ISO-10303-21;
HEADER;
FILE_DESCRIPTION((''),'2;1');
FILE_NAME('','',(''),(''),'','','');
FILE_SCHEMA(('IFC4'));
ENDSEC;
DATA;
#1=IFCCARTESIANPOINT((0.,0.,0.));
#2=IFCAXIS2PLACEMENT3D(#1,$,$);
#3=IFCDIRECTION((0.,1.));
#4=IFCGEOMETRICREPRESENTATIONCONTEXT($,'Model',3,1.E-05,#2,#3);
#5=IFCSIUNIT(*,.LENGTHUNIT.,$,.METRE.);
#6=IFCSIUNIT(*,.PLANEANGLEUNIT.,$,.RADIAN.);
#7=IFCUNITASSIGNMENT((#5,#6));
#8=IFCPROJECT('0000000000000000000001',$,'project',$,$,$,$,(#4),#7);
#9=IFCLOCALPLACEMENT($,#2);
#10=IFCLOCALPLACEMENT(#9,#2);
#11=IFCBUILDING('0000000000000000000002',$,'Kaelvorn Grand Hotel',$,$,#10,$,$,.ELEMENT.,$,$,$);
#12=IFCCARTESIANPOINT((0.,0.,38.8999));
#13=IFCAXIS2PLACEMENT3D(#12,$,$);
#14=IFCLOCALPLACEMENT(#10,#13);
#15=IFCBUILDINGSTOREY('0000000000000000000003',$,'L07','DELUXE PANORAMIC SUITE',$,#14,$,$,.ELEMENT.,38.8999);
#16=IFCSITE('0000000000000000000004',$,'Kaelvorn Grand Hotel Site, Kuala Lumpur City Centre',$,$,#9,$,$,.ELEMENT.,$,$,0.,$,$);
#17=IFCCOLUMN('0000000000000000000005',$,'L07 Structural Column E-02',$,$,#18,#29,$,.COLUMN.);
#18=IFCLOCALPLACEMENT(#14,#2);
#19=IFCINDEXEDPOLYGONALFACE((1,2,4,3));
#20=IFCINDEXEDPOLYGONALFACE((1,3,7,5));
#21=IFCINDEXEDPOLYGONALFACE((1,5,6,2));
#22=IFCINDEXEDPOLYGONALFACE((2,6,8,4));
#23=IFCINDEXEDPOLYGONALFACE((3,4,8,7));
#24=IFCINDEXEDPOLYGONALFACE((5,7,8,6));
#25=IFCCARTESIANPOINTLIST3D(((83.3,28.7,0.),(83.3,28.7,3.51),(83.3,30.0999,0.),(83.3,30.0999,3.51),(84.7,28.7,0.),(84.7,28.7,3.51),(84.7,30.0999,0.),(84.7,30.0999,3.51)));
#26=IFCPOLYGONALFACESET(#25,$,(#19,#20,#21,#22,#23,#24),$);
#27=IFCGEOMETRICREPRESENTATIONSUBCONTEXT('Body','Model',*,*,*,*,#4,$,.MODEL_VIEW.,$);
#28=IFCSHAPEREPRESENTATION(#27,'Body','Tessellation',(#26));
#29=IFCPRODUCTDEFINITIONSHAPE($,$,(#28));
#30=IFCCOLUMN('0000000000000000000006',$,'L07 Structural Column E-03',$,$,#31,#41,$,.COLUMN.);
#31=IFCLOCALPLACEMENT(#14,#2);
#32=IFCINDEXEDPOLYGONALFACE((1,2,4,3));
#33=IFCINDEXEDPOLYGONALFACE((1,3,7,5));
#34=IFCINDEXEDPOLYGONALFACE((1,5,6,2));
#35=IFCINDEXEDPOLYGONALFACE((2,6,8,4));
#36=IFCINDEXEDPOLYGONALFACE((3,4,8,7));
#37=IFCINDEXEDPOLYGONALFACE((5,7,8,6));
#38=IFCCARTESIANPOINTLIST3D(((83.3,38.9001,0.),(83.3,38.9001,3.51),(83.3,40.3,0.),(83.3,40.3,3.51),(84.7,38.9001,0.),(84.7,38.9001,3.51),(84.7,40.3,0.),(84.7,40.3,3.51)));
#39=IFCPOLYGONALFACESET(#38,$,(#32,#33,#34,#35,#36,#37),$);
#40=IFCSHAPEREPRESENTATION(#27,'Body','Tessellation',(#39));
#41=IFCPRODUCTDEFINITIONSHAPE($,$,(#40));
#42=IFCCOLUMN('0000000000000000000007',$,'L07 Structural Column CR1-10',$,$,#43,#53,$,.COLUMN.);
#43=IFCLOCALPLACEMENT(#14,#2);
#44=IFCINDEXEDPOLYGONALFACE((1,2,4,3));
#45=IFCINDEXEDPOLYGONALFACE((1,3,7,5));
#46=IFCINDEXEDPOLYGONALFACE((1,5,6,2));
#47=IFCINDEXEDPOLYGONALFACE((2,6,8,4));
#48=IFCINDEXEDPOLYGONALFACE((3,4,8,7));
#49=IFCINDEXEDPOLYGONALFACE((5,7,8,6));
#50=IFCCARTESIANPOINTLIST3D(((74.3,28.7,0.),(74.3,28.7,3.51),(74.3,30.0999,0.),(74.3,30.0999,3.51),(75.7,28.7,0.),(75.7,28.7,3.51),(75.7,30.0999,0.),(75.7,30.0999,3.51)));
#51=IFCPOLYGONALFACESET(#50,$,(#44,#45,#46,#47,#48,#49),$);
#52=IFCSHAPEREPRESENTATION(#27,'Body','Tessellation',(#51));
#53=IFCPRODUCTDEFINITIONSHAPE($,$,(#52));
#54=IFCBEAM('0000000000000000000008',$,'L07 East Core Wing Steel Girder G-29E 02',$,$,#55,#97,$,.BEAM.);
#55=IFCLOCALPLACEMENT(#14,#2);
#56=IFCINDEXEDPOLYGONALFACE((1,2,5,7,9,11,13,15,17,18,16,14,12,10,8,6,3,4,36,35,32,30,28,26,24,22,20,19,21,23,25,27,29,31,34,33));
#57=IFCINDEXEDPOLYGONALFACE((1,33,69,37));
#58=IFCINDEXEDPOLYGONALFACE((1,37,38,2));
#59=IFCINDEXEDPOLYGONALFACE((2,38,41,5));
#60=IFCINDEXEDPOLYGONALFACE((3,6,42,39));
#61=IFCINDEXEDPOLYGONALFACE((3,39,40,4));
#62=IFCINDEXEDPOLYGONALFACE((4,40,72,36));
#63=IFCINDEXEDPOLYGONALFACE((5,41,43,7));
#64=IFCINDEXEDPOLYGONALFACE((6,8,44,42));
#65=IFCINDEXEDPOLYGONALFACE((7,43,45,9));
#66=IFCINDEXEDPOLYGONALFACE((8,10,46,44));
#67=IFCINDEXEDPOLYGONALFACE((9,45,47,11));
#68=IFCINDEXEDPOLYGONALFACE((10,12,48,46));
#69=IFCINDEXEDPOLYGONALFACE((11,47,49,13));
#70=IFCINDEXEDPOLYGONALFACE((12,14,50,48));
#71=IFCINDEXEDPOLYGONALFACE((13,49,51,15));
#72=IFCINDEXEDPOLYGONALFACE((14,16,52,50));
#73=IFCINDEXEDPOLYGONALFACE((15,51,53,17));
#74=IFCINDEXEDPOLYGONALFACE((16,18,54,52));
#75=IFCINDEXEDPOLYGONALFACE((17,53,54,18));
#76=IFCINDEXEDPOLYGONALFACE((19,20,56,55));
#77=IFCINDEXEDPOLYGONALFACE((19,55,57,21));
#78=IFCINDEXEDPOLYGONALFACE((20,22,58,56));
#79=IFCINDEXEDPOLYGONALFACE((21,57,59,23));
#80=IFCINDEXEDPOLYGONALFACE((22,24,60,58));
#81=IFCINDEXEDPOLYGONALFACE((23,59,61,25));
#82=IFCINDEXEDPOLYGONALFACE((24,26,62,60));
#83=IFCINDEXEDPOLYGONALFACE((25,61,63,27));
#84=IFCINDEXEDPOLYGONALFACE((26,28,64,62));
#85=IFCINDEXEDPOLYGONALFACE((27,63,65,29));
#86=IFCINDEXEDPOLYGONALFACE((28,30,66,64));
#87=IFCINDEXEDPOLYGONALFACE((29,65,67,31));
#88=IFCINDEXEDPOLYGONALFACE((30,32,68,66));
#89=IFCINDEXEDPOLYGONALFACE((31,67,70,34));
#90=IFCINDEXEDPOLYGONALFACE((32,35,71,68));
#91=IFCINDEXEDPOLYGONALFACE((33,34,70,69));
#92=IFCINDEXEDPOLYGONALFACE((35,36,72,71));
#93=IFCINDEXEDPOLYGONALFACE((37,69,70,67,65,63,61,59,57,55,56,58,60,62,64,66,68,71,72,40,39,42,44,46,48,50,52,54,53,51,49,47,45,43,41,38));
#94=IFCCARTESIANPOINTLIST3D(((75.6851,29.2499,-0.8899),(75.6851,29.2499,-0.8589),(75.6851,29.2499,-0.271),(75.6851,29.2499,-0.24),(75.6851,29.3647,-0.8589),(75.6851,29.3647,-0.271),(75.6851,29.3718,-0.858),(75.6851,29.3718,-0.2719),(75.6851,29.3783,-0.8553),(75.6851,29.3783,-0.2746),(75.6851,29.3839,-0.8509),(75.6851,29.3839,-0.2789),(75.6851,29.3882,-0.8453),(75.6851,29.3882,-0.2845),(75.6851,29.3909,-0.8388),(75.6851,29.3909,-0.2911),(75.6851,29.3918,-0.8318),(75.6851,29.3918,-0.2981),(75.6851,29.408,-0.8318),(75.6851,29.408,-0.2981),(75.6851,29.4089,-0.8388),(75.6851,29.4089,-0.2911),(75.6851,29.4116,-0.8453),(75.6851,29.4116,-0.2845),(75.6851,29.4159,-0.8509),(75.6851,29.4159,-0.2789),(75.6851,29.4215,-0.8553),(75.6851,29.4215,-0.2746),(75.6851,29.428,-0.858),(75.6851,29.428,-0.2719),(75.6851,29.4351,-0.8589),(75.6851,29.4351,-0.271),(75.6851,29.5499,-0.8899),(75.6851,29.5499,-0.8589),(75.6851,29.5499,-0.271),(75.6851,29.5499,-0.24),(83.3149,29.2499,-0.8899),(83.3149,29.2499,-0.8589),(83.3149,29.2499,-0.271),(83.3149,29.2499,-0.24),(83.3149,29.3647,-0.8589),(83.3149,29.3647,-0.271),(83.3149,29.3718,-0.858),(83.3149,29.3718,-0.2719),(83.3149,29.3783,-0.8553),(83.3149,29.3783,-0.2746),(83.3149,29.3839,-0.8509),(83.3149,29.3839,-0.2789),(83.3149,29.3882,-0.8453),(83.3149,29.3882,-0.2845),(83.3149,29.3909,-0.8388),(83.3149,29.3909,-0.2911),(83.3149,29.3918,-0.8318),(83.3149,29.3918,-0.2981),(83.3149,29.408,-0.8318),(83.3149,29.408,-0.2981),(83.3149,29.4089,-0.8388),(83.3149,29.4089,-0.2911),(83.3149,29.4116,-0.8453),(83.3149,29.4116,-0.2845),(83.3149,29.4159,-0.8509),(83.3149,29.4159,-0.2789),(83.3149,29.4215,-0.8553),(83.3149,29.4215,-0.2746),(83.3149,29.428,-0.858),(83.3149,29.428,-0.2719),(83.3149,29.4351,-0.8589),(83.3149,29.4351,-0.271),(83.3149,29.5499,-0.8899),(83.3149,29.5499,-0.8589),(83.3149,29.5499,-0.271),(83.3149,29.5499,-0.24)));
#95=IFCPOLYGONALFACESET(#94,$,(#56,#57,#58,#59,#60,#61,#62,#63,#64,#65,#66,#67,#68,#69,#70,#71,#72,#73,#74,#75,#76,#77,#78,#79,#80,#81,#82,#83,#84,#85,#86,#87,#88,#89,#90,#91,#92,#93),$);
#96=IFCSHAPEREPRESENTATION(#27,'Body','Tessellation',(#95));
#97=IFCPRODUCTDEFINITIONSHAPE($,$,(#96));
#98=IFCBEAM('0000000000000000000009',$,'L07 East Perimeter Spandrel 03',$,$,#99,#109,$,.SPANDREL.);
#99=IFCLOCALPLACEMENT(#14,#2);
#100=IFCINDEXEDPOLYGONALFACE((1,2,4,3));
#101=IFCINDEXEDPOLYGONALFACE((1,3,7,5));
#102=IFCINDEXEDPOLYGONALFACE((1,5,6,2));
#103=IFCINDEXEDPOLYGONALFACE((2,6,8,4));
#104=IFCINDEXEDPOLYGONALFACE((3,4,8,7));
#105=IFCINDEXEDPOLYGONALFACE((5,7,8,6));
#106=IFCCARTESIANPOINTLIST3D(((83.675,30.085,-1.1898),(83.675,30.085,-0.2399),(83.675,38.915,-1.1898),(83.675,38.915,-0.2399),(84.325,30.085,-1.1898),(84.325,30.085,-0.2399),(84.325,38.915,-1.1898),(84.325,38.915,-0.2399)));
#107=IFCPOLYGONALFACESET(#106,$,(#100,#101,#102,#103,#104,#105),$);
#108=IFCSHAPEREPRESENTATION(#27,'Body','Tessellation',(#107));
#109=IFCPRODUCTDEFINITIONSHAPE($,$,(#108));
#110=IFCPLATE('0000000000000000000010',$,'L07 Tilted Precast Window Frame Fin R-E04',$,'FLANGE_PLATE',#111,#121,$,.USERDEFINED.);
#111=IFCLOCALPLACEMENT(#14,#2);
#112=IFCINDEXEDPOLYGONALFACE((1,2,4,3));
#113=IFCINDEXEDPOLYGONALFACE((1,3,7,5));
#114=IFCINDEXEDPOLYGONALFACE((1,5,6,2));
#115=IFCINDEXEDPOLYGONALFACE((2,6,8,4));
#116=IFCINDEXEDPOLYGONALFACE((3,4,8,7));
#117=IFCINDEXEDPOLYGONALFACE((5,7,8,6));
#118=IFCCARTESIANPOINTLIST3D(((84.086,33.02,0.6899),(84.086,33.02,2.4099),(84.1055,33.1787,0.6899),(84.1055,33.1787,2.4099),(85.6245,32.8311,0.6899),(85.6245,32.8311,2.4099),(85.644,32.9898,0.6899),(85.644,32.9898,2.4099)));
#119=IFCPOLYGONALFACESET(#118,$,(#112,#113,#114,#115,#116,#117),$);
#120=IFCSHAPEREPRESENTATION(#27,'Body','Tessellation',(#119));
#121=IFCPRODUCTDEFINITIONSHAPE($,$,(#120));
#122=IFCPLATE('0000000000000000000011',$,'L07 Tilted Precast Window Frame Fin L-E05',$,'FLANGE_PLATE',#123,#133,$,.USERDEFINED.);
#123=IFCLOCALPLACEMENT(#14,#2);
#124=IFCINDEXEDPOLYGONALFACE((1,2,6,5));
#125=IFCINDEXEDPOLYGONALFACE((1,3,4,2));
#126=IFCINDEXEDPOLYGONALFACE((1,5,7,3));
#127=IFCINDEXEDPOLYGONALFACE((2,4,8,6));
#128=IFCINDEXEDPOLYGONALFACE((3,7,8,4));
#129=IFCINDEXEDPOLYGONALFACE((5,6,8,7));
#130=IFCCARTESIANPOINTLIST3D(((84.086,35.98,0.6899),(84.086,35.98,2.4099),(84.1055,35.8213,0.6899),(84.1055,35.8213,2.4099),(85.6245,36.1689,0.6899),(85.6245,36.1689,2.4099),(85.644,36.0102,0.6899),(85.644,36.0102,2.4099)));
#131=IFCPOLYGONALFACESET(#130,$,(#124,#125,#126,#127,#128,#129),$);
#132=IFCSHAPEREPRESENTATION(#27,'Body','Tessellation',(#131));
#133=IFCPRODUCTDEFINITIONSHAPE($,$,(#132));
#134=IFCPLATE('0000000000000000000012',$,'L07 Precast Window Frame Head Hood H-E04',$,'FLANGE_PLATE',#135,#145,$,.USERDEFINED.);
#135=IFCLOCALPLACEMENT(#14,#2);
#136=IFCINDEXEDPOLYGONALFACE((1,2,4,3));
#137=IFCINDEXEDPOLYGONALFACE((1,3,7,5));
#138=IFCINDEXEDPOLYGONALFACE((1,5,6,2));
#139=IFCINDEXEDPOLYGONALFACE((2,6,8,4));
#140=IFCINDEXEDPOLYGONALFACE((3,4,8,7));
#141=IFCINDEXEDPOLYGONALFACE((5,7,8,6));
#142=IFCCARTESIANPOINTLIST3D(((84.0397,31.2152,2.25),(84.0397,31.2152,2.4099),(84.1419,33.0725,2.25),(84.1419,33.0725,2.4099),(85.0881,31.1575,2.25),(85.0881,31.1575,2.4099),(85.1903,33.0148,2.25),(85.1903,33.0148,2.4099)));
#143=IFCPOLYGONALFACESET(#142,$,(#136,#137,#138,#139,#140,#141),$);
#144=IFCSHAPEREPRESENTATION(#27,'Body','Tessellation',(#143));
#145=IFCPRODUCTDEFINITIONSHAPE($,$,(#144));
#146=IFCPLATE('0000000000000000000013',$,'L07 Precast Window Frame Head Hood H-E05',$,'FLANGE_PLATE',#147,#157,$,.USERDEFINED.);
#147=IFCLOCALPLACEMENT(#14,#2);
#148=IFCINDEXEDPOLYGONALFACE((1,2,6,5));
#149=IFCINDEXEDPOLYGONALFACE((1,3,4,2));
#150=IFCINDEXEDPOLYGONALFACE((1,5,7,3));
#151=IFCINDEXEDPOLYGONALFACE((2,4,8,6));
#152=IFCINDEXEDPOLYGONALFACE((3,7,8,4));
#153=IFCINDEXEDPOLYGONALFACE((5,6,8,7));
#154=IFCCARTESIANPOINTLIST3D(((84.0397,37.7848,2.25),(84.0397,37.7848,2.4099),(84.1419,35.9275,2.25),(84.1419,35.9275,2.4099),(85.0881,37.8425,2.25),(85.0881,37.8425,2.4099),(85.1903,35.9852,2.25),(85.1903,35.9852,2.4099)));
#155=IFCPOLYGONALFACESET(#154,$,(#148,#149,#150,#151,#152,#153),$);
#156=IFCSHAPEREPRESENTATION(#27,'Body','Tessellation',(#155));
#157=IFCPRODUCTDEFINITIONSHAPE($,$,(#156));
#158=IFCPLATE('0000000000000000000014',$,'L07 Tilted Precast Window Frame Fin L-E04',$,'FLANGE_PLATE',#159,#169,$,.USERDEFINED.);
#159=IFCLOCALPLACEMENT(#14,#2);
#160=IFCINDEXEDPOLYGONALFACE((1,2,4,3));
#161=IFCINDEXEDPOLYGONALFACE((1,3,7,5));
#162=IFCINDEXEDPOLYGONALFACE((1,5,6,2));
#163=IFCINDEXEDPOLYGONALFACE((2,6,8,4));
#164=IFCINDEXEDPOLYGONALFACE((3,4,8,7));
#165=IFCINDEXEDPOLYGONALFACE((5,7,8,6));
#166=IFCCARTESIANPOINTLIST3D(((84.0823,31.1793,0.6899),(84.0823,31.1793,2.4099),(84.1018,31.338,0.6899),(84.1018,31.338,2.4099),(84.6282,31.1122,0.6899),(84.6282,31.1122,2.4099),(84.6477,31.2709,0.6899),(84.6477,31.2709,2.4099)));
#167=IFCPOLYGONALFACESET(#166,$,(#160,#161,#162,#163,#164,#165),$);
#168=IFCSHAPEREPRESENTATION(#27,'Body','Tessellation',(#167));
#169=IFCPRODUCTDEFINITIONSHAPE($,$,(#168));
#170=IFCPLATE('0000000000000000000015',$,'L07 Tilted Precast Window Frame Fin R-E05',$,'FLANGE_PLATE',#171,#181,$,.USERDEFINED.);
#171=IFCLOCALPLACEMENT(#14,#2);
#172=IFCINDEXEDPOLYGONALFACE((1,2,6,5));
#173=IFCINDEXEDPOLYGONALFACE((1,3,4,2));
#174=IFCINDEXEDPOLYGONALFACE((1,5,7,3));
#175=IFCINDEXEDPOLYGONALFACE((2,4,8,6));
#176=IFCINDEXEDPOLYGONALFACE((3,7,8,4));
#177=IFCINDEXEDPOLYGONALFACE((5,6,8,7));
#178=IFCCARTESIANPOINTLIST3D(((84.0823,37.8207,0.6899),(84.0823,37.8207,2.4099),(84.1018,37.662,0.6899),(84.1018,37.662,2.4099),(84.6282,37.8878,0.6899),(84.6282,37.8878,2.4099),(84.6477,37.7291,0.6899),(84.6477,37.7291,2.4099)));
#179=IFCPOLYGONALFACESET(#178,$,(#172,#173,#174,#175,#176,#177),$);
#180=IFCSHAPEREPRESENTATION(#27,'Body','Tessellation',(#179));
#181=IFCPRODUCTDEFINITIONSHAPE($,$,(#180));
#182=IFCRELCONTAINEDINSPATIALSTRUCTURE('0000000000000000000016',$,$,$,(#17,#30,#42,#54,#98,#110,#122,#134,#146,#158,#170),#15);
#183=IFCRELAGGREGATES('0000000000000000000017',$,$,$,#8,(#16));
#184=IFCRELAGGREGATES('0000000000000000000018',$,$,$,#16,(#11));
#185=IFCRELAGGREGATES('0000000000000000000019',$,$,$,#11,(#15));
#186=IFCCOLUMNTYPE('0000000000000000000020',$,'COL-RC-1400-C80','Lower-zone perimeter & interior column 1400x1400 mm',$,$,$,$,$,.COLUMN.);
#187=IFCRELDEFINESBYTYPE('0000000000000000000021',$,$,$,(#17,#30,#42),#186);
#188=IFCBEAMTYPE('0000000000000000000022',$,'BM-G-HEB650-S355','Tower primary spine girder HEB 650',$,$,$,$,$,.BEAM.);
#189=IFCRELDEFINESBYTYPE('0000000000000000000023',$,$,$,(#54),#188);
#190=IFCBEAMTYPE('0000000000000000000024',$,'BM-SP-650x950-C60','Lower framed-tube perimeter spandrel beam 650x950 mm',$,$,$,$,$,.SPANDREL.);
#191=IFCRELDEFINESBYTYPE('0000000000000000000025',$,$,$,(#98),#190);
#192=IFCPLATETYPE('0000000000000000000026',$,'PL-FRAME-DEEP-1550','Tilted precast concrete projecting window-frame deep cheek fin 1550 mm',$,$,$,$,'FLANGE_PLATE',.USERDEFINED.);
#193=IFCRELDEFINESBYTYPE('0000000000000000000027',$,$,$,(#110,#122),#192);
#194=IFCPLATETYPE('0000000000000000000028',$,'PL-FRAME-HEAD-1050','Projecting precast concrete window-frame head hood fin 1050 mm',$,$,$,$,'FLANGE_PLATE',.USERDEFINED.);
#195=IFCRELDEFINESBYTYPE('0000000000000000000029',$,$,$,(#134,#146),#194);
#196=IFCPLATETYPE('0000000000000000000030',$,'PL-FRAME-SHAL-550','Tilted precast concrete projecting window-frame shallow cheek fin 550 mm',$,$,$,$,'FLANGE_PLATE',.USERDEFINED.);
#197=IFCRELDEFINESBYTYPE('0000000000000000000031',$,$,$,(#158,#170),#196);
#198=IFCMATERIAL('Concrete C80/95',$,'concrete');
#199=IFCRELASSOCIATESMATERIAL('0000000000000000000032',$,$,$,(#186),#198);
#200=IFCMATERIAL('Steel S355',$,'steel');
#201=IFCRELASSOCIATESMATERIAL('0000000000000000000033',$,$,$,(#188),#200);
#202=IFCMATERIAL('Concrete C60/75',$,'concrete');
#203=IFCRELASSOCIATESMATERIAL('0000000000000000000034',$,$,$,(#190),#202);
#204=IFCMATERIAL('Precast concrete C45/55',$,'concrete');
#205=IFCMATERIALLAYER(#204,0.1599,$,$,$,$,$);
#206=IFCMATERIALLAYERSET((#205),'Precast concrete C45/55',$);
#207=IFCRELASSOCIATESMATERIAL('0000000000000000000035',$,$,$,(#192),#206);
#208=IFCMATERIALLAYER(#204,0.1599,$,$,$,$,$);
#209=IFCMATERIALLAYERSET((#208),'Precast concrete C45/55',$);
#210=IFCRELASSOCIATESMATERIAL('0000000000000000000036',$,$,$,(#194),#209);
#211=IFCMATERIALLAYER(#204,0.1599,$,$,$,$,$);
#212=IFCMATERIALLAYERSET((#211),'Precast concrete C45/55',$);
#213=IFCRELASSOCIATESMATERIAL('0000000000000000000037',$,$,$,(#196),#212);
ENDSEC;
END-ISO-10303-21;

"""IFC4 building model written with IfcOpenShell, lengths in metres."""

from ifc_helpers import new_model, si_unit, direction, frame, origin, origin_2d, place, context, subcontext, project, spatial, rectangle, i_section, extrude, material, layer, layer_set, material_profile, profile_set, type_object, element, save


model = new_model("IFC4")

# Units and contexts
model_context = context("Model", 3, precision=1e-05, world=origin(), true_north=direction((0.0, 1.0)))
body_context = subcontext(model_context, "Body", "Model", "MODEL_VIEW")
ifc_project = project(units=[si_unit("LENGTHUNIT", "METRE"), si_unit("PLANEANGLEUNIT", "RADIAN")], contexts=[model_context])

# Site, building, storey
site_placement = place(None, origin())
site = spatial("IfcSite", under=ifc_project, at=site_placement, Name="Kaelvorn Grand Hotel Site, Kuala Lumpur City Centre", CompositionType="ELEMENT", RefElevation=0.0)
building_placement = place(site_placement, origin())
building = spatial("IfcBuilding", under=site, at=building_placement, Name="Kaelvorn Grand Hotel", CompositionType="ELEMENT")
storey_placement = place(building_placement, frame((0.0, 0.0, 38.8999)))
storey = spatial("IfcBuildingStorey", under=building, at=storey_placement, Name="L07", Description="DELUXE PANORAMIC SUITE", CompositionType="ELEMENT", Elevation=38.8999)

# Columns
ifc_material_1 = material(Name="Concrete C80/95", Category="concrete")
ifc_material_profile_1 = material_profile(ifc_material_1, rectangle(XDim=1.3999, YDim=1.3999, at=origin_2d()), Name="RC COL 1400x1400")
ifc_profile_set_1 = profile_set([ifc_material_profile_1], Name="Concrete C80/95")
column_type = type_object("IfcColumnType", Name="COL-RC-1400-C80", Description="Lower-zone perimeter & interior column 1400x1400 mm", PredefinedType="COLUMN", material=ifc_profile_set_1)
for number, where, z_axis, x_axis, name in (
    (1, (84.0, 29.3999, 0.0), (0.0, 0.0, 1.0), (1.0, 0.0, 0.0), "L07 Structural Column E-02"),
    (2, (84.0, 39.6001, 0.0), (0.0, 0.0, 1.0), (1.0, 0.0, 0.0), "L07 Structural Column E-03"),
    (3, (75.0, 29.3999, 0.0), (0.0, 0.0, 1.0), (1.0, 0.0, 0.0), "L07 Structural Column CR1-10"),
):
    element("IfcColumn", number, at=place(storey_placement, frame(where, z_axis=z_axis, x_axis=x_axis)), inside=storey, type_object=column_type, Name=name, PredefinedType="COLUMN", context=body_context, shape_type="SweptSolid", body=[
        extrude(rectangle(XDim=1.3999, YDim=1.3999, at=origin_2d()), origin(), (0.0, 0.0, 1.0), 3.51),
    ])

# Beams
ifc_material_2 = material(Name="Steel S355", Category="steel")
ifc_material_profile_2 = material_profile(ifc_material_2, i_section(OverallWidth=0.3, OverallDepth=0.6499, WebThickness=0.0161, FlangeThickness=0.031, FilletRadius=0.0271, at=origin_2d()), Name="HEB 650")
ifc_profile_set_2 = profile_set([ifc_material_profile_2], Name="Steel S355")
beam_type_1 = type_object("IfcBeamType", Name="BM-G-HEB650-S355", Description="Tower primary spine girder HEB 650", PredefinedType="BEAM", material=ifc_profile_set_2)
beam_1_placement = place(storey_placement, frame((75.6851, 29.3999, -0.5649), z_axis=(1.0, 0.0, 0.0), x_axis=(0.0, 1.0, 0.0)))
element("IfcBeam", 4, at=beam_1_placement, inside=storey, type_object=beam_type_1, Name="L07 East Core Wing Steel Girder G-29E 02", PredefinedType="BEAM", context=body_context, shape_type="SweptSolid", body=[
    extrude(i_section(OverallWidth=0.3, OverallDepth=0.6499, WebThickness=0.0161, FlangeThickness=0.031, FilletRadius=0.0271, at=origin_2d()), origin(), (0.0, 0.0, 1.0), 7.6299),
])
ifc_material_3 = material(Name="Concrete C60/75", Category="concrete")
ifc_material_profile_3 = material_profile(ifc_material_3, rectangle(XDim=0.6499, YDim=0.95, at=origin_2d()), Name="RC SPANDREL 650x950")
ifc_profile_set_3 = profile_set([ifc_material_profile_3], Name="Concrete C60/75")
beam_type_2 = type_object("IfcBeamType", Name="BM-SP-650x950-C60", Description="Lower framed-tube perimeter spandrel beam 650x950 mm", PredefinedType="SPANDREL", material=ifc_profile_set_3)
beam_2_placement = place(storey_placement, frame((84.0, 30.085, -0.7148), z_axis=(0.0, 1.0, 0.0), x_axis=(-1.0, 0.0, 0.0)))
element("IfcBeam", 5, at=beam_2_placement, inside=storey, type_object=beam_type_2, Name="L07 East Perimeter Spandrel 03", PredefinedType="SPANDREL", context=body_context, shape_type="SweptSolid", body=[
    extrude(rectangle(XDim=0.6499, YDim=0.95, at=origin_2d()), origin(), (0.0, 0.0, 1.0), 8.8301),
])

# Plates
ifc_material_4 = material(Name="Precast concrete C45/55", Category="concrete")
ifc_layer_1 = layer(ifc_material_4, 0.1599)
ifc_layer_set_1 = layer_set([ifc_layer_1], Name="Precast concrete C45/55")
plate_type_1 = type_object("IfcPlateType", Name="PL-FRAME-DEEP-1550", Description="Tilted precast concrete projecting window-frame deep cheek fin 1550 mm", ElementType="FLANGE_PLATE", PredefinedType="USERDEFINED", material=ifc_layer_set_1)
for number, where, z_axis, x_axis, name in (
    (6, (84.865, 33.0049, 0.6899), (0.0, 0.0, 1.0), (0.121869, 0.992546, 0.0), "L07 Tilted Precast Window Frame Fin R-E04"),
    (7, (84.865, 35.9951, 0.6899), (0.0, 0.0, 1.0), (-0.121869, 0.992546, 0.0), "L07 Tilted Precast Window Frame Fin L-E05"),
):
    element("IfcPlate", number, at=place(storey_placement, frame(where, z_axis=z_axis, x_axis=x_axis)), inside=storey, type_object=plate_type_1, Name=name, ObjectType="FLANGE_PLATE", PredefinedType="USERDEFINED", context=body_context, shape_type="SweptSolid", body=[
        extrude(rectangle(XDim=0.1599, YDim=1.55, at=origin_2d()), origin(), (0.0, 0.0, 1.0), 1.72),
    ])
ifc_layer_2 = layer(ifc_material_4, 0.1599)
ifc_layer_set_2 = layer_set([ifc_layer_2], Name="Precast concrete C45/55")
plate_type_2 = type_object("IfcPlateType", Name="PL-FRAME-HEAD-1050", Description="Projecting precast concrete window-frame head hood fin 1050 mm", ElementType="FLANGE_PLATE", PredefinedType="USERDEFINED", material=ifc_layer_set_2)
for number, where, z_axis, x_axis, name in (
    (8, (84.615, 32.115, 2.25), (0.0, 0.0, 1.0), (0.05495, 0.998489, 0.0), "L07 Precast Window Frame Head Hood H-E04"),
    (9, (84.615, 36.885, 2.25), (0.0, 0.0, 1.0), (-0.05495, 0.998489, 0.0), "L07 Precast Window Frame Head Hood H-E05"),
):
    element("IfcPlate", number, at=place(storey_placement, frame(where, z_axis=z_axis, x_axis=x_axis)), inside=storey, type_object=plate_type_2, Name=name, ObjectType="FLANGE_PLATE", PredefinedType="USERDEFINED", context=body_context, shape_type="SweptSolid", body=[
        extrude(rectangle(XDim=1.8601, YDim=1.05, at=origin_2d()), origin(), (0.0, 0.0, 1.0), 0.1599),
    ])
ifc_layer_3 = layer(ifc_material_4, 0.1599)
ifc_layer_set_3 = layer_set([ifc_layer_3], Name="Precast concrete C45/55")
plate_type_3 = type_object("IfcPlateType", Name="PL-FRAME-SHAL-550", Description="Tilted precast concrete projecting window-frame shallow cheek fin 550 mm", ElementType="FLANGE_PLATE", PredefinedType="USERDEFINED", material=ifc_layer_set_3)
for number, where, z_axis, x_axis, name in (
    (10, (84.365, 31.2251, 0.6899), (0.0, 0.0, 1.0), (0.121869, 0.992546, 0.0), "L07 Tilted Precast Window Frame Fin L-E04"),
    (11, (84.365, 37.7749, 0.6899), (0.0, 0.0, 1.0), (-0.121869, 0.992546, 0.0), "L07 Tilted Precast Window Frame Fin R-E05"),
):
    element("IfcPlate", number, at=place(storey_placement, frame(where, z_axis=z_axis, x_axis=x_axis)), inside=storey, type_object=plate_type_3, Name=name, ObjectType="FLANGE_PLATE", PredefinedType="USERDEFINED", context=body_context, shape_type="SweptSolid", body=[
        extrude(rectangle(XDim=0.1599, YDim=0.55, at=origin_2d()), origin(), (0.0, 0.0, 1.0), 1.72),
    ])

save(model, "model.ifc")
